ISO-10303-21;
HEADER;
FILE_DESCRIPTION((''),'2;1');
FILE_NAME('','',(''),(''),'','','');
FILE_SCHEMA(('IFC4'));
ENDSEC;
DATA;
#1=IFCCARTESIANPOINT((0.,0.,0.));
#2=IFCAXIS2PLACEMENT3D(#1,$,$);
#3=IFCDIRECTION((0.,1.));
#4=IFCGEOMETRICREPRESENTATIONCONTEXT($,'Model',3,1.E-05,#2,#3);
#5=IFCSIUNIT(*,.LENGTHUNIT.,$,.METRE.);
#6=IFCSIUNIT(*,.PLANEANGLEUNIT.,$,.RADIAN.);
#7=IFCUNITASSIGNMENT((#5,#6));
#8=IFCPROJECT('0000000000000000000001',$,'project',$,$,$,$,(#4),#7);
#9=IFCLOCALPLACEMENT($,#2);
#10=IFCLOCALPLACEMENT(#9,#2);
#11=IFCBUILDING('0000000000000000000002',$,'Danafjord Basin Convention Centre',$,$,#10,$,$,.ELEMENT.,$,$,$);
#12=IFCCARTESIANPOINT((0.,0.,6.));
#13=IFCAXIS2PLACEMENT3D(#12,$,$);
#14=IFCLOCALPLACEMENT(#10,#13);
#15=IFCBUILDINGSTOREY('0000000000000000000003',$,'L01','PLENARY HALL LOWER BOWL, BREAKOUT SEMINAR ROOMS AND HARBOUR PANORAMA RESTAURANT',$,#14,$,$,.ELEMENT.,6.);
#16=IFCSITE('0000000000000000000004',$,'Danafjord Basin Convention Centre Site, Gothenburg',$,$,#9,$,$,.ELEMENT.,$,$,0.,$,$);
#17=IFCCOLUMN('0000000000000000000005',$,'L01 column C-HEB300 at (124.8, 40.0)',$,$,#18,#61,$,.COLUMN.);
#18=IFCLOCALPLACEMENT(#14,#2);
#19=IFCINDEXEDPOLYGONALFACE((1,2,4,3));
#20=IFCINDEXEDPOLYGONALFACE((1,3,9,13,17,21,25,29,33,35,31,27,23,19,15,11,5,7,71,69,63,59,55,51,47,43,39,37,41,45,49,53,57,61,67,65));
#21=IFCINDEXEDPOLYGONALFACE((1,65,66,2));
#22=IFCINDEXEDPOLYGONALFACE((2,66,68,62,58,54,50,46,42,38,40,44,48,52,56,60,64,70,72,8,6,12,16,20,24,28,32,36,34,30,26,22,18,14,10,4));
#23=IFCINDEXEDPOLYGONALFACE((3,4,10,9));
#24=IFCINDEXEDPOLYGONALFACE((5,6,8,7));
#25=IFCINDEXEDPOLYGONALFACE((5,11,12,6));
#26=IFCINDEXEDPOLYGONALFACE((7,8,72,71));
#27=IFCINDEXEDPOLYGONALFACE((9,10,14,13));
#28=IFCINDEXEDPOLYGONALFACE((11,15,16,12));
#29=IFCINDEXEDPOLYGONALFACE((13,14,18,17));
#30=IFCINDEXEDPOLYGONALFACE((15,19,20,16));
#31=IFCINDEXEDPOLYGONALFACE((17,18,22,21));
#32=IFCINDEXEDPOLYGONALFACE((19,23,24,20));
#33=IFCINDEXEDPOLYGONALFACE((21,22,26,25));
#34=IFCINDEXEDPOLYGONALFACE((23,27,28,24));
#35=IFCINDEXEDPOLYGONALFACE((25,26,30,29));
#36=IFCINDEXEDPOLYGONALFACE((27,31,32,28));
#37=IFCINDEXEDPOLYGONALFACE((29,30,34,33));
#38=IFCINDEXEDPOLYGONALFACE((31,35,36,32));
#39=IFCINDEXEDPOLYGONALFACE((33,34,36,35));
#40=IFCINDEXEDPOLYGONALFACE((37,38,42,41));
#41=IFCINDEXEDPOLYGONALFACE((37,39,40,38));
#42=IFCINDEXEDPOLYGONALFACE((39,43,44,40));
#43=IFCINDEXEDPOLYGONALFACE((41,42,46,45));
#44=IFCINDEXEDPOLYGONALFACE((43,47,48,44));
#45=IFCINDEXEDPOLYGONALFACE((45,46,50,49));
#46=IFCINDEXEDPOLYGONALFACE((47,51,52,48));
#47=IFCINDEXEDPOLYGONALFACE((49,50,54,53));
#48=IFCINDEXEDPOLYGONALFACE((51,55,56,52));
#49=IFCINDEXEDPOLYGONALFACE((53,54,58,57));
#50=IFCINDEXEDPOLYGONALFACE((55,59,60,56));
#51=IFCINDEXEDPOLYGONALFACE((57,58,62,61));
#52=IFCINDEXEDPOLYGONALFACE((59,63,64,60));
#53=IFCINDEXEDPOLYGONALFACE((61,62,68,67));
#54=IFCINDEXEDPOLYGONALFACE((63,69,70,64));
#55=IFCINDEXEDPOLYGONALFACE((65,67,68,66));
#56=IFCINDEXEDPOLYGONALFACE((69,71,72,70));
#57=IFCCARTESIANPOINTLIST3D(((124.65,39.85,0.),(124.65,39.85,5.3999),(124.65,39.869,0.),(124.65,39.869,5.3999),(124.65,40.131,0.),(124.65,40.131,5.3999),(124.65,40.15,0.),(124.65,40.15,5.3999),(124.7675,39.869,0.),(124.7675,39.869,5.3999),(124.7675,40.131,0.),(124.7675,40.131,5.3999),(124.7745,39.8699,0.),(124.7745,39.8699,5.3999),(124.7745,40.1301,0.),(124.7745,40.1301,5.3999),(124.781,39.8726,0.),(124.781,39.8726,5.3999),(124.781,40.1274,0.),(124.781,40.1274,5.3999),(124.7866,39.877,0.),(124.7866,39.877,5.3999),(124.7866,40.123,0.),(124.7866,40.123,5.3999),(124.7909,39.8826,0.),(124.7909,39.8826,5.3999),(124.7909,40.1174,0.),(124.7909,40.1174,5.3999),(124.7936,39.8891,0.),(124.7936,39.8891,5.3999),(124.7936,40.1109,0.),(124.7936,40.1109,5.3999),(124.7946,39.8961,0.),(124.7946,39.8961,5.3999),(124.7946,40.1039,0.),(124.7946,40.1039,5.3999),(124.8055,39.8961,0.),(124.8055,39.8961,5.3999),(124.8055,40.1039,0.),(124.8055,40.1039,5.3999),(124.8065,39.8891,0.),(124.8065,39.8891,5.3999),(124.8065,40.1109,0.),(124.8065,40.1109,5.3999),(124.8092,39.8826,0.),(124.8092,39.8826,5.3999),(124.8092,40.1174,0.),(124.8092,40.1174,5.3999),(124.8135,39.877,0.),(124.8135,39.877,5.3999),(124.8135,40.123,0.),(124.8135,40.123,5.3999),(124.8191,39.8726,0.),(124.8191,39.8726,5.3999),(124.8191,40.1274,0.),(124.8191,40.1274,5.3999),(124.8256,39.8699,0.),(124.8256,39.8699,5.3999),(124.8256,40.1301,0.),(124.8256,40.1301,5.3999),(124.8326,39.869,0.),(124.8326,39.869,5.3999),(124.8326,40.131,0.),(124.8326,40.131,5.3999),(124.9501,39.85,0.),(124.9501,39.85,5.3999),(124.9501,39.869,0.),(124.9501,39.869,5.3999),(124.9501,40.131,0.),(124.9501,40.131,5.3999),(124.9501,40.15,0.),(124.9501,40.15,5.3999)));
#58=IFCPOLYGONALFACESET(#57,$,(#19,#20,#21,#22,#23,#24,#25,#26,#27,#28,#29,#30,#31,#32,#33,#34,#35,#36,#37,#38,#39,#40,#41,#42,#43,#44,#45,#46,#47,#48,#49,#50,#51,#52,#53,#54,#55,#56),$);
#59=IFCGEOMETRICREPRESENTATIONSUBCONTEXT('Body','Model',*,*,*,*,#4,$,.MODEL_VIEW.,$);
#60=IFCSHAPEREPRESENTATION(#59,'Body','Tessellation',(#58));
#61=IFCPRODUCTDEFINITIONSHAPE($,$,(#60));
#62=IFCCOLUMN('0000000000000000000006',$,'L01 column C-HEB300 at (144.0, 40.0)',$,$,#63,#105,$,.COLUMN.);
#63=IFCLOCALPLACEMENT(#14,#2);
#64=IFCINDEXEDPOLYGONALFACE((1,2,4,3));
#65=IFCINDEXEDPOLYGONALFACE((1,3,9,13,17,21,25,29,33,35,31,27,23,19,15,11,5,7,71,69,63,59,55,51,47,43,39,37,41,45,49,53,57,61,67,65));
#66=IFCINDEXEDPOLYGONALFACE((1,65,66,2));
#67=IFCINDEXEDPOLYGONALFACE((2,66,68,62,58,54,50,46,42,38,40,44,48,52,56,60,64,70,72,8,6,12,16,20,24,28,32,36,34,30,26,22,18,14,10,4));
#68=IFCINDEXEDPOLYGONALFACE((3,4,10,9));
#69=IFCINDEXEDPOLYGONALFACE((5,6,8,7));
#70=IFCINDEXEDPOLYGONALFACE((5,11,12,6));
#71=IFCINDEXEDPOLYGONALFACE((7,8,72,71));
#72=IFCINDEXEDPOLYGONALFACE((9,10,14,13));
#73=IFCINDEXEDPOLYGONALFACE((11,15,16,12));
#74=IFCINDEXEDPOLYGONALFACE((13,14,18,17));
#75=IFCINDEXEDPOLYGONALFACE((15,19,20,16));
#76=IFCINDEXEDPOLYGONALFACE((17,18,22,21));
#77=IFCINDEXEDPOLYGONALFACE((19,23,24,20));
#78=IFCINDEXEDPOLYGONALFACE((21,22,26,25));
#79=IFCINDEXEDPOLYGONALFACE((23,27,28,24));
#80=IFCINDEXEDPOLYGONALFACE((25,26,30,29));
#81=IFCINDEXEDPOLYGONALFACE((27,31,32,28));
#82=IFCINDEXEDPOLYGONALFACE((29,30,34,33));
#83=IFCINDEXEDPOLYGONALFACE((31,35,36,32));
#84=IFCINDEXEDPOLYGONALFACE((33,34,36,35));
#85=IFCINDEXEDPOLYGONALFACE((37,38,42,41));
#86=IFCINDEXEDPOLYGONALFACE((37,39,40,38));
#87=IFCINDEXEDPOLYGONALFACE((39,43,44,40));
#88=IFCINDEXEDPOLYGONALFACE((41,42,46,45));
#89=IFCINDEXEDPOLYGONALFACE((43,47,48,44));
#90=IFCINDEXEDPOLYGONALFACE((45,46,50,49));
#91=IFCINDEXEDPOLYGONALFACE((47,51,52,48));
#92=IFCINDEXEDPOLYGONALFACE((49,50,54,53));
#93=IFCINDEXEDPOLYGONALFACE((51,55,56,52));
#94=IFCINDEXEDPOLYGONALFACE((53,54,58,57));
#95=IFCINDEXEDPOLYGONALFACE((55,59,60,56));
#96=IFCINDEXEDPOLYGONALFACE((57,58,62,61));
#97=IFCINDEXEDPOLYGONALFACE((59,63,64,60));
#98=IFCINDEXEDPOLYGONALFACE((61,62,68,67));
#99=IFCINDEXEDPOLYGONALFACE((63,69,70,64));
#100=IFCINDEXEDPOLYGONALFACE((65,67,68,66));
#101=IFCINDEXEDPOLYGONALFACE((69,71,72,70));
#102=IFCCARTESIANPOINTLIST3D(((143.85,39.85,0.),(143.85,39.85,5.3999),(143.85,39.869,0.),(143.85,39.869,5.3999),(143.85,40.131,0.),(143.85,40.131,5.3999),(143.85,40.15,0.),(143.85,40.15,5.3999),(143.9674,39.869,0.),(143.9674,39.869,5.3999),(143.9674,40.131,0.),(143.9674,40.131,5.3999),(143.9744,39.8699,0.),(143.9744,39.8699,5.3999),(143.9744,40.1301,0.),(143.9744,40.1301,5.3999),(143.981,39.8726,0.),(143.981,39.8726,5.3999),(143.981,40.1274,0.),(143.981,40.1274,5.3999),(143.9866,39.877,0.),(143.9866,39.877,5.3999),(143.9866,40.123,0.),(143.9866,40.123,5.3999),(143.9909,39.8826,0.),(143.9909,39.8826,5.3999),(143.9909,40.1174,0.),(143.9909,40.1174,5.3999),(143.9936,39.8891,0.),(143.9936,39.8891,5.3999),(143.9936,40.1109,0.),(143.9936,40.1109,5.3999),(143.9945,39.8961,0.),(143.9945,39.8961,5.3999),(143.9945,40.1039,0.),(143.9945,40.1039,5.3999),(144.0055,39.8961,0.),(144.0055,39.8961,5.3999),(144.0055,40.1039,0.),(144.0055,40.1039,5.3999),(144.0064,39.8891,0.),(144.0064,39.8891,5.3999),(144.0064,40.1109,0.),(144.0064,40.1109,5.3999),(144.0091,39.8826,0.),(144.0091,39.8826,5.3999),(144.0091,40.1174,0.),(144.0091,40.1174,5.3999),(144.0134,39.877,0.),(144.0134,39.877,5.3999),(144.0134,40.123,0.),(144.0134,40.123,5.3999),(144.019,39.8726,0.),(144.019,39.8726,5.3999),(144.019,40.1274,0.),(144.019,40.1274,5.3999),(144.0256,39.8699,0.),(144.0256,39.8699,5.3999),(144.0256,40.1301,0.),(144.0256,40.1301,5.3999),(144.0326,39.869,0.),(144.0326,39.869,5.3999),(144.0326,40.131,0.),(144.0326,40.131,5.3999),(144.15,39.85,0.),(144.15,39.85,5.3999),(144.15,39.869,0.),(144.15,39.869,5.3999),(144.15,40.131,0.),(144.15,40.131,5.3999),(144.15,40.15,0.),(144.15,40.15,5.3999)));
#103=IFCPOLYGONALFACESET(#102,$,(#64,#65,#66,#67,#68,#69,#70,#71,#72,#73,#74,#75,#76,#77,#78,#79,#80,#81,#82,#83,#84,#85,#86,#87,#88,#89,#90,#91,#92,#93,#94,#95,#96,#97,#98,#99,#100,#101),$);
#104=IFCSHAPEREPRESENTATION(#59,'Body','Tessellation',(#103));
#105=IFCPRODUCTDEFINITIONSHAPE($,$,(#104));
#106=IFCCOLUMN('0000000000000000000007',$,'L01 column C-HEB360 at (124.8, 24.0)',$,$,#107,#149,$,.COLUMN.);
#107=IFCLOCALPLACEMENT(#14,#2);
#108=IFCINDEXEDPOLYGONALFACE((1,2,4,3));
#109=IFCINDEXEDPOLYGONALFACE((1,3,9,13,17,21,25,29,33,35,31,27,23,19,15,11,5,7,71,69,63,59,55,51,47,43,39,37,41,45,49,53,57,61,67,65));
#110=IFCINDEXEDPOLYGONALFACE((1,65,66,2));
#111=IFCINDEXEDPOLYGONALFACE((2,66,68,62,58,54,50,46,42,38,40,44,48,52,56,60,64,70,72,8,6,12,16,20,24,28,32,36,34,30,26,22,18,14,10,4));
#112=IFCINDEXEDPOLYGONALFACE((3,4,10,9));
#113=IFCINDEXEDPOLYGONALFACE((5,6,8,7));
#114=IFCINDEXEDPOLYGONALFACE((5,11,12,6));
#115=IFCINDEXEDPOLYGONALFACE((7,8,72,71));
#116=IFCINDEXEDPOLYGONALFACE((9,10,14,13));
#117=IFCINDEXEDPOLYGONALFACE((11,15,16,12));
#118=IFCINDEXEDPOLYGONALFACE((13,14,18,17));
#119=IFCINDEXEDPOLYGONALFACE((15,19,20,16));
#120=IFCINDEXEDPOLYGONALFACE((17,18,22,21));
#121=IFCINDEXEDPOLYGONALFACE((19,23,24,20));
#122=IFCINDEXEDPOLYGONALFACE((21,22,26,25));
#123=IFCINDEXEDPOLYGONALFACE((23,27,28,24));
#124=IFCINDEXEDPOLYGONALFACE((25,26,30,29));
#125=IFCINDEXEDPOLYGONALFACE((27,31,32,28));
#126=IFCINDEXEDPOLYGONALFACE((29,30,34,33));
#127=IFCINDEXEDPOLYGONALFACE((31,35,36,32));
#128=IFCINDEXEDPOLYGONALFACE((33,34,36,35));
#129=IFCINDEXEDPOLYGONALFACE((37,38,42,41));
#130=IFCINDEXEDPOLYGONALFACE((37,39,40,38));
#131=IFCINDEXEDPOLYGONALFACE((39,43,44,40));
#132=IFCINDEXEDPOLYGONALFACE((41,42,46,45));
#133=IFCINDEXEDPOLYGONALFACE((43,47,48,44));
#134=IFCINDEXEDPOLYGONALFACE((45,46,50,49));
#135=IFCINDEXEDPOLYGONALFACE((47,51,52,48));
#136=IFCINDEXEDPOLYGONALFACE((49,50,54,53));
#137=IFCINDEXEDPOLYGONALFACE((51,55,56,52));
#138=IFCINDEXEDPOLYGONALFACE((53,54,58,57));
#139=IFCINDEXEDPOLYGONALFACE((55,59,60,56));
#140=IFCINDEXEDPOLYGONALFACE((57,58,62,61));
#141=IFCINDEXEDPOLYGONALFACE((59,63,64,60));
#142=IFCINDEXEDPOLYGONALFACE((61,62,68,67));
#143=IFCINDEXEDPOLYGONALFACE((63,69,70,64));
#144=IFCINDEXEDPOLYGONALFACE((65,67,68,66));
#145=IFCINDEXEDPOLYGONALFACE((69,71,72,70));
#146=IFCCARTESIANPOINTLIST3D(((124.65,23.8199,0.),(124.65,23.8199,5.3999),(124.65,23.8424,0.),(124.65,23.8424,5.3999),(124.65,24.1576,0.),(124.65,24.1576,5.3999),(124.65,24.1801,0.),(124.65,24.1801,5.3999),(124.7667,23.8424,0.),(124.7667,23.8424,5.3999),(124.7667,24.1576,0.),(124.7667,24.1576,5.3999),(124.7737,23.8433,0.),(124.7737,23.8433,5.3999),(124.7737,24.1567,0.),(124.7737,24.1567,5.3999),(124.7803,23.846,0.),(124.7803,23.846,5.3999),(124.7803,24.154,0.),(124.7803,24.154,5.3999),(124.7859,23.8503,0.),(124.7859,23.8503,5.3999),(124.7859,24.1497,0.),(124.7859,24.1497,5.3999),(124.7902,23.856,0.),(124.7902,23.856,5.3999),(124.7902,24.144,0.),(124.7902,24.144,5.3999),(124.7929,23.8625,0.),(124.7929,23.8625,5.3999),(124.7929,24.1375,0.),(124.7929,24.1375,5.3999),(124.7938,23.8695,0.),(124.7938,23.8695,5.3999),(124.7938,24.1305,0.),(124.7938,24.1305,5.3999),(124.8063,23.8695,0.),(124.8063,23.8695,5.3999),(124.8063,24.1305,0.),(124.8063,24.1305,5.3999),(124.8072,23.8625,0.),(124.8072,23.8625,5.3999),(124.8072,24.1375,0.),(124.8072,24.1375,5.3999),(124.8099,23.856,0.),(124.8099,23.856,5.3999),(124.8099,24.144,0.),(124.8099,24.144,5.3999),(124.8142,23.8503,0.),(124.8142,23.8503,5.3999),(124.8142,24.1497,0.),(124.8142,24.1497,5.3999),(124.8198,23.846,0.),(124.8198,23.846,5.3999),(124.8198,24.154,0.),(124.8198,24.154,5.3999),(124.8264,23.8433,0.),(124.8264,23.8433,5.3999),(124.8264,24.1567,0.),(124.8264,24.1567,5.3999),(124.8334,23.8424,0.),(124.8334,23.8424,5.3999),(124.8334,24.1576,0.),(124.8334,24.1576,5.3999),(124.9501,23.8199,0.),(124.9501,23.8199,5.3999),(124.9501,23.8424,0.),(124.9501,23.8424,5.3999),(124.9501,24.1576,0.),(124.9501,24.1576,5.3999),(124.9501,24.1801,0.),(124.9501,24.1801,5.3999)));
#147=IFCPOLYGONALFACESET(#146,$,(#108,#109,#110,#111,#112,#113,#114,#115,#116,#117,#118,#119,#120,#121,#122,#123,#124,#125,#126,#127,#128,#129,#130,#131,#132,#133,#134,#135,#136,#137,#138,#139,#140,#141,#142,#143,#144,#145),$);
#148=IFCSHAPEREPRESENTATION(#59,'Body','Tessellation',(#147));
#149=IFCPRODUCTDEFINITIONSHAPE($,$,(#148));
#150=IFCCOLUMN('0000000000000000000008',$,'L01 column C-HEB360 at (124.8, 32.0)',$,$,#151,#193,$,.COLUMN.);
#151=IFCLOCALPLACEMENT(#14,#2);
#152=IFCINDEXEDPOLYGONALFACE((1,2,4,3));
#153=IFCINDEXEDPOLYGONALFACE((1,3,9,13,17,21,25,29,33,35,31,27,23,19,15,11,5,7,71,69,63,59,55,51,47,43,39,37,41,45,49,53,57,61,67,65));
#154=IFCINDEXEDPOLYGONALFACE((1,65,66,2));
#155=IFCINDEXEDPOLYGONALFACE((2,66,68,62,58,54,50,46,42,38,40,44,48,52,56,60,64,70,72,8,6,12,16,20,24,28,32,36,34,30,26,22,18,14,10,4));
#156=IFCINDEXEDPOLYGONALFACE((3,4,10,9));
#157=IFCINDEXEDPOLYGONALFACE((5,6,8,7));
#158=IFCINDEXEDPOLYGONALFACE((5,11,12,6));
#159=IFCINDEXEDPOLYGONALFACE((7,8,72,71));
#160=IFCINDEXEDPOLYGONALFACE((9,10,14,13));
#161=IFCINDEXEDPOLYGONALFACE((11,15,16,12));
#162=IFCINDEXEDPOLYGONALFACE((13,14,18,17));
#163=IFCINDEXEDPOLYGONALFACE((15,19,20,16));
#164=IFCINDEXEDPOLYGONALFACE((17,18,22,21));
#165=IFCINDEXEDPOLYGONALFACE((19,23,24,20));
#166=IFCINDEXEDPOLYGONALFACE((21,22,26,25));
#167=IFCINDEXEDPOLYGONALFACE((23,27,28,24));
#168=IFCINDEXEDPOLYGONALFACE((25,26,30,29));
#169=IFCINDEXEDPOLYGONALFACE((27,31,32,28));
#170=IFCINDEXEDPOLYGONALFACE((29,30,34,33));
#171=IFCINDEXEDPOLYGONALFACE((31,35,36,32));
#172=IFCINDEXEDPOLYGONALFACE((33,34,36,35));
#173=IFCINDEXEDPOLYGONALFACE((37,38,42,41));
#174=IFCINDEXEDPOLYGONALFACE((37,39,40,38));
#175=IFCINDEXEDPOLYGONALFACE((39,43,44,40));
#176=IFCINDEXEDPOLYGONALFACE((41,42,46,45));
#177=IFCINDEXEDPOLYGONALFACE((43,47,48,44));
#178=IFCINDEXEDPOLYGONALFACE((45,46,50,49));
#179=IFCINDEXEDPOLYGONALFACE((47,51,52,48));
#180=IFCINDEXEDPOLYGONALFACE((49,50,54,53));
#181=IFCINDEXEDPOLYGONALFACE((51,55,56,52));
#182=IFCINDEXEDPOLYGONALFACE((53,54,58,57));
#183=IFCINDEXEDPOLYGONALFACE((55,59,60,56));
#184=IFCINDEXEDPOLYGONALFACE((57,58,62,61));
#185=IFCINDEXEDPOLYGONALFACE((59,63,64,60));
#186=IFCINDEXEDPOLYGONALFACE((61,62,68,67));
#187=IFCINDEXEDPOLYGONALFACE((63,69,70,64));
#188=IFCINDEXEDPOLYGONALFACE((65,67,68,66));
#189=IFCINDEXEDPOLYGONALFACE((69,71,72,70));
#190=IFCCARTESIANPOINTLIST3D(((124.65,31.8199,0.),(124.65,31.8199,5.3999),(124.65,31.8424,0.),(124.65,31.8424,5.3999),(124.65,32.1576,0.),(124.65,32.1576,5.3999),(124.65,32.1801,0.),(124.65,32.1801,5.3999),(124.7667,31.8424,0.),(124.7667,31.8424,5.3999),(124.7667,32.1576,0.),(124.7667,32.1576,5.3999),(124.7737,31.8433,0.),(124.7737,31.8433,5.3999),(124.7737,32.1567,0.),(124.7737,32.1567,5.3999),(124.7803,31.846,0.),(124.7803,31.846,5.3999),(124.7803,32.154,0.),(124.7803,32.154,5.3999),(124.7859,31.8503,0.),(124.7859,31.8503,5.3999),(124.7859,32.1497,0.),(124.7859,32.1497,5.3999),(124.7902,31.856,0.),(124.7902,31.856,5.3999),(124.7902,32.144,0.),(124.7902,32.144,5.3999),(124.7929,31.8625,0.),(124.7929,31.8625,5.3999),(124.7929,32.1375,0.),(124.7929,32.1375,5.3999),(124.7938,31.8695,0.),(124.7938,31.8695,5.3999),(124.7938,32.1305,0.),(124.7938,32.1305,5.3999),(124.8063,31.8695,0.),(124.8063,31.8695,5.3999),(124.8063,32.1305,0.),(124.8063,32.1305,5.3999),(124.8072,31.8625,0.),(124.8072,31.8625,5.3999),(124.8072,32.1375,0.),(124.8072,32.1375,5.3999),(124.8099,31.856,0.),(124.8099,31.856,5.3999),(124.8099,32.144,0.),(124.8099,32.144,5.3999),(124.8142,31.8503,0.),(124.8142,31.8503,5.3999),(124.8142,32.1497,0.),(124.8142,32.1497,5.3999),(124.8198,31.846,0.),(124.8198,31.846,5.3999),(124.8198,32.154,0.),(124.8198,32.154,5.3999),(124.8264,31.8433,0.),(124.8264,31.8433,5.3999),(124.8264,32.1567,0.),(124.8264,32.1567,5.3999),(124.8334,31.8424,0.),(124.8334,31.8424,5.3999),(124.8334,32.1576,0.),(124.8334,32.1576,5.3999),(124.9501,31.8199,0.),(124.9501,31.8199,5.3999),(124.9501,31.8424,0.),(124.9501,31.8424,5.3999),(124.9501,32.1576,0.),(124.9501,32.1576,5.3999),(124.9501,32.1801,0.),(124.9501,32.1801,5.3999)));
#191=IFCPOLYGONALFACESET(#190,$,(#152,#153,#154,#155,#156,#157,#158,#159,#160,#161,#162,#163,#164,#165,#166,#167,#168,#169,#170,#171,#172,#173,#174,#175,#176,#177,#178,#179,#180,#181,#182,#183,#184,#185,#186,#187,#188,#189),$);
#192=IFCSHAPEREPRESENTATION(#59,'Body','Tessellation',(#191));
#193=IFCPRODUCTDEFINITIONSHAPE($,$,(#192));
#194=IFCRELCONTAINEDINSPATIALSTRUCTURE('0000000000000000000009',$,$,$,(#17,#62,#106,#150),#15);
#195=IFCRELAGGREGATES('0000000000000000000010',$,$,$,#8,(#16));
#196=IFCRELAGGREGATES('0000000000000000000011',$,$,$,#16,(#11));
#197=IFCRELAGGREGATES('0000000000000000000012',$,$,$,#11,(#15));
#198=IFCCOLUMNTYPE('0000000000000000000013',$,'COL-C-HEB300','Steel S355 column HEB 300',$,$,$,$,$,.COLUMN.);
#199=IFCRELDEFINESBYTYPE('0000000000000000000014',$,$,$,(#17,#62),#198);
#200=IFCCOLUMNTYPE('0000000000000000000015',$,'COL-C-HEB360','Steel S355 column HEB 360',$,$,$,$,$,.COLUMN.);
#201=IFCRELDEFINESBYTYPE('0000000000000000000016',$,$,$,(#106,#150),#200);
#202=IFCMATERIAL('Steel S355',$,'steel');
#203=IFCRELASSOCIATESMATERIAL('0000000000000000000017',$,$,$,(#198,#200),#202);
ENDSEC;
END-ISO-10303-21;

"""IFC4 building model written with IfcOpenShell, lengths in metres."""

from ifc_helpers import new_model, si_unit, direction, frame, origin, origin_2d, place, context, subcontext, project, spatial, i_section, extrude, material, material_profile, profile_set, type_object, element, save


model = new_model("IFC4")

# Units and contexts
model_context = context("Model", 3, precision=1e-05, world=origin(), true_north=direction((0.0, 1.0)))
body_context = subcontext(model_context, "Body", "Model", "MODEL_VIEW")
ifc_project = project(units=[si_unit("LENGTHUNIT", "METRE"), si_unit("PLANEANGLEUNIT", "RADIAN")], contexts=[model_context])

# Site, building, storey
site_placement = place(None, origin())
site = spatial("IfcSite", under=ifc_project, at=site_placement, Name="Danafjord Basin Convention Centre Site, Gothenburg", CompositionType="ELEMENT", RefElevation=0.0)
building_placement = place(site_placement, origin())
building = spatial("IfcBuilding", under=site, at=building_placement, Name="Danafjord Basin Convention Centre", CompositionType="ELEMENT")
storey_placement = place(building_placement, frame((0.0, 0.0, 6.0)))
storey = spatial("IfcBuildingStorey", under=building, at=storey_placement, Name="L01", Description="PLENARY HALL LOWER BOWL, BREAKOUT SEMINAR ROOMS AND HARBOUR PANORAMA RESTAURANT", CompositionType="ELEMENT", Elevation=6.0)

# Columns
ifc_material_1 = material(Name="Steel S355", Category="steel")
ifc_material_profile_1 = material_profile(ifc_material_1, i_section(OverallWidth=0.3, OverallDepth=0.3, WebThickness=0.011, FlangeThickness=0.019, FilletRadius=0.0271, at=origin_2d()), Name="HEB 300")
ifc_profile_set_1 = profile_set([ifc_material_profile_1], Name="Steel S355")
column_type_1 = type_object("IfcColumnType", Name="COL-C-HEB300", Description="Steel S355 column HEB 300", PredefinedType="COLUMN", material=ifc_profile_set_1)
for number, where, z_axis, x_axis, name in (
    (1, (124.8, 40.0, 0.0), (0.0, 0.0, 1.0), (1.0, 0.0, 0.0), "L01 column C-HEB300 at (124.8, 40.0)"),
    (2, (144.0, 40.0, 0.0), (0.0, 0.0, 1.0), (1.0, 0.0, 0.0), "L01 column C-HEB300 at (144.0, 40.0)"),
):
    element("IfcColumn", number, at=place(storey_placement, frame(where, z_axis=z_axis, x_axis=x_axis)), inside=storey, type_object=column_type_1, Name=name, PredefinedType="COLUMN", context=body_context, shape_type="SweptSolid", body=[
        extrude(i_section(OverallWidth=0.3, OverallDepth=0.3, WebThickness=0.011, FlangeThickness=0.019, FilletRadius=0.0271, at=origin_2d()), origin(), (0.0, 0.0, 1.0), 5.3999),
    ])
ifc_material_profile_2 = material_profile(ifc_material_1, i_section(OverallWidth=0.3, OverallDepth=0.3601, WebThickness=0.0125, FlangeThickness=0.0225, FilletRadius=0.0271, at=origin_2d()), Name="HEB 360")
ifc_profile_set_2 = profile_set([ifc_material_profile_2], Name="Steel S355")
column_type_2 = type_object("IfcColumnType", Name="COL-C-HEB360", Description="Steel S355 column HEB 360", PredefinedType="COLUMN", material=ifc_profile_set_2)
for number, where, z_axis, x_axis, name in (
    (3, (124.8, 24.0, 0.0), (0.0, 0.0, 1.0), (1.0, 0.0, 0.0), "L01 column C-HEB360 at (124.8, 24.0)"),
    (4, (124.8, 32.0, 0.0), (0.0, 0.0, 1.0), (1.0, 0.0, 0.0), "L01 column C-HEB360 at (124.8, 32.0)"),
):
    element("IfcColumn", number, at=place(storey_placement, frame(where, z_axis=z_axis, x_axis=x_axis)), inside=storey, type_object=column_type_2, Name=name, PredefinedType="COLUMN", context=body_context, shape_type="SweptSolid", body=[
        extrude(i_section(OverallWidth=0.3, OverallDepth=0.3601, WebThickness=0.0125, FlangeThickness=0.0225, FilletRadius=0.0271, at=origin_2d()), origin(), (0.0, 0.0, 1.0), 5.3999),
    ])

save(model, "model.ifc")
